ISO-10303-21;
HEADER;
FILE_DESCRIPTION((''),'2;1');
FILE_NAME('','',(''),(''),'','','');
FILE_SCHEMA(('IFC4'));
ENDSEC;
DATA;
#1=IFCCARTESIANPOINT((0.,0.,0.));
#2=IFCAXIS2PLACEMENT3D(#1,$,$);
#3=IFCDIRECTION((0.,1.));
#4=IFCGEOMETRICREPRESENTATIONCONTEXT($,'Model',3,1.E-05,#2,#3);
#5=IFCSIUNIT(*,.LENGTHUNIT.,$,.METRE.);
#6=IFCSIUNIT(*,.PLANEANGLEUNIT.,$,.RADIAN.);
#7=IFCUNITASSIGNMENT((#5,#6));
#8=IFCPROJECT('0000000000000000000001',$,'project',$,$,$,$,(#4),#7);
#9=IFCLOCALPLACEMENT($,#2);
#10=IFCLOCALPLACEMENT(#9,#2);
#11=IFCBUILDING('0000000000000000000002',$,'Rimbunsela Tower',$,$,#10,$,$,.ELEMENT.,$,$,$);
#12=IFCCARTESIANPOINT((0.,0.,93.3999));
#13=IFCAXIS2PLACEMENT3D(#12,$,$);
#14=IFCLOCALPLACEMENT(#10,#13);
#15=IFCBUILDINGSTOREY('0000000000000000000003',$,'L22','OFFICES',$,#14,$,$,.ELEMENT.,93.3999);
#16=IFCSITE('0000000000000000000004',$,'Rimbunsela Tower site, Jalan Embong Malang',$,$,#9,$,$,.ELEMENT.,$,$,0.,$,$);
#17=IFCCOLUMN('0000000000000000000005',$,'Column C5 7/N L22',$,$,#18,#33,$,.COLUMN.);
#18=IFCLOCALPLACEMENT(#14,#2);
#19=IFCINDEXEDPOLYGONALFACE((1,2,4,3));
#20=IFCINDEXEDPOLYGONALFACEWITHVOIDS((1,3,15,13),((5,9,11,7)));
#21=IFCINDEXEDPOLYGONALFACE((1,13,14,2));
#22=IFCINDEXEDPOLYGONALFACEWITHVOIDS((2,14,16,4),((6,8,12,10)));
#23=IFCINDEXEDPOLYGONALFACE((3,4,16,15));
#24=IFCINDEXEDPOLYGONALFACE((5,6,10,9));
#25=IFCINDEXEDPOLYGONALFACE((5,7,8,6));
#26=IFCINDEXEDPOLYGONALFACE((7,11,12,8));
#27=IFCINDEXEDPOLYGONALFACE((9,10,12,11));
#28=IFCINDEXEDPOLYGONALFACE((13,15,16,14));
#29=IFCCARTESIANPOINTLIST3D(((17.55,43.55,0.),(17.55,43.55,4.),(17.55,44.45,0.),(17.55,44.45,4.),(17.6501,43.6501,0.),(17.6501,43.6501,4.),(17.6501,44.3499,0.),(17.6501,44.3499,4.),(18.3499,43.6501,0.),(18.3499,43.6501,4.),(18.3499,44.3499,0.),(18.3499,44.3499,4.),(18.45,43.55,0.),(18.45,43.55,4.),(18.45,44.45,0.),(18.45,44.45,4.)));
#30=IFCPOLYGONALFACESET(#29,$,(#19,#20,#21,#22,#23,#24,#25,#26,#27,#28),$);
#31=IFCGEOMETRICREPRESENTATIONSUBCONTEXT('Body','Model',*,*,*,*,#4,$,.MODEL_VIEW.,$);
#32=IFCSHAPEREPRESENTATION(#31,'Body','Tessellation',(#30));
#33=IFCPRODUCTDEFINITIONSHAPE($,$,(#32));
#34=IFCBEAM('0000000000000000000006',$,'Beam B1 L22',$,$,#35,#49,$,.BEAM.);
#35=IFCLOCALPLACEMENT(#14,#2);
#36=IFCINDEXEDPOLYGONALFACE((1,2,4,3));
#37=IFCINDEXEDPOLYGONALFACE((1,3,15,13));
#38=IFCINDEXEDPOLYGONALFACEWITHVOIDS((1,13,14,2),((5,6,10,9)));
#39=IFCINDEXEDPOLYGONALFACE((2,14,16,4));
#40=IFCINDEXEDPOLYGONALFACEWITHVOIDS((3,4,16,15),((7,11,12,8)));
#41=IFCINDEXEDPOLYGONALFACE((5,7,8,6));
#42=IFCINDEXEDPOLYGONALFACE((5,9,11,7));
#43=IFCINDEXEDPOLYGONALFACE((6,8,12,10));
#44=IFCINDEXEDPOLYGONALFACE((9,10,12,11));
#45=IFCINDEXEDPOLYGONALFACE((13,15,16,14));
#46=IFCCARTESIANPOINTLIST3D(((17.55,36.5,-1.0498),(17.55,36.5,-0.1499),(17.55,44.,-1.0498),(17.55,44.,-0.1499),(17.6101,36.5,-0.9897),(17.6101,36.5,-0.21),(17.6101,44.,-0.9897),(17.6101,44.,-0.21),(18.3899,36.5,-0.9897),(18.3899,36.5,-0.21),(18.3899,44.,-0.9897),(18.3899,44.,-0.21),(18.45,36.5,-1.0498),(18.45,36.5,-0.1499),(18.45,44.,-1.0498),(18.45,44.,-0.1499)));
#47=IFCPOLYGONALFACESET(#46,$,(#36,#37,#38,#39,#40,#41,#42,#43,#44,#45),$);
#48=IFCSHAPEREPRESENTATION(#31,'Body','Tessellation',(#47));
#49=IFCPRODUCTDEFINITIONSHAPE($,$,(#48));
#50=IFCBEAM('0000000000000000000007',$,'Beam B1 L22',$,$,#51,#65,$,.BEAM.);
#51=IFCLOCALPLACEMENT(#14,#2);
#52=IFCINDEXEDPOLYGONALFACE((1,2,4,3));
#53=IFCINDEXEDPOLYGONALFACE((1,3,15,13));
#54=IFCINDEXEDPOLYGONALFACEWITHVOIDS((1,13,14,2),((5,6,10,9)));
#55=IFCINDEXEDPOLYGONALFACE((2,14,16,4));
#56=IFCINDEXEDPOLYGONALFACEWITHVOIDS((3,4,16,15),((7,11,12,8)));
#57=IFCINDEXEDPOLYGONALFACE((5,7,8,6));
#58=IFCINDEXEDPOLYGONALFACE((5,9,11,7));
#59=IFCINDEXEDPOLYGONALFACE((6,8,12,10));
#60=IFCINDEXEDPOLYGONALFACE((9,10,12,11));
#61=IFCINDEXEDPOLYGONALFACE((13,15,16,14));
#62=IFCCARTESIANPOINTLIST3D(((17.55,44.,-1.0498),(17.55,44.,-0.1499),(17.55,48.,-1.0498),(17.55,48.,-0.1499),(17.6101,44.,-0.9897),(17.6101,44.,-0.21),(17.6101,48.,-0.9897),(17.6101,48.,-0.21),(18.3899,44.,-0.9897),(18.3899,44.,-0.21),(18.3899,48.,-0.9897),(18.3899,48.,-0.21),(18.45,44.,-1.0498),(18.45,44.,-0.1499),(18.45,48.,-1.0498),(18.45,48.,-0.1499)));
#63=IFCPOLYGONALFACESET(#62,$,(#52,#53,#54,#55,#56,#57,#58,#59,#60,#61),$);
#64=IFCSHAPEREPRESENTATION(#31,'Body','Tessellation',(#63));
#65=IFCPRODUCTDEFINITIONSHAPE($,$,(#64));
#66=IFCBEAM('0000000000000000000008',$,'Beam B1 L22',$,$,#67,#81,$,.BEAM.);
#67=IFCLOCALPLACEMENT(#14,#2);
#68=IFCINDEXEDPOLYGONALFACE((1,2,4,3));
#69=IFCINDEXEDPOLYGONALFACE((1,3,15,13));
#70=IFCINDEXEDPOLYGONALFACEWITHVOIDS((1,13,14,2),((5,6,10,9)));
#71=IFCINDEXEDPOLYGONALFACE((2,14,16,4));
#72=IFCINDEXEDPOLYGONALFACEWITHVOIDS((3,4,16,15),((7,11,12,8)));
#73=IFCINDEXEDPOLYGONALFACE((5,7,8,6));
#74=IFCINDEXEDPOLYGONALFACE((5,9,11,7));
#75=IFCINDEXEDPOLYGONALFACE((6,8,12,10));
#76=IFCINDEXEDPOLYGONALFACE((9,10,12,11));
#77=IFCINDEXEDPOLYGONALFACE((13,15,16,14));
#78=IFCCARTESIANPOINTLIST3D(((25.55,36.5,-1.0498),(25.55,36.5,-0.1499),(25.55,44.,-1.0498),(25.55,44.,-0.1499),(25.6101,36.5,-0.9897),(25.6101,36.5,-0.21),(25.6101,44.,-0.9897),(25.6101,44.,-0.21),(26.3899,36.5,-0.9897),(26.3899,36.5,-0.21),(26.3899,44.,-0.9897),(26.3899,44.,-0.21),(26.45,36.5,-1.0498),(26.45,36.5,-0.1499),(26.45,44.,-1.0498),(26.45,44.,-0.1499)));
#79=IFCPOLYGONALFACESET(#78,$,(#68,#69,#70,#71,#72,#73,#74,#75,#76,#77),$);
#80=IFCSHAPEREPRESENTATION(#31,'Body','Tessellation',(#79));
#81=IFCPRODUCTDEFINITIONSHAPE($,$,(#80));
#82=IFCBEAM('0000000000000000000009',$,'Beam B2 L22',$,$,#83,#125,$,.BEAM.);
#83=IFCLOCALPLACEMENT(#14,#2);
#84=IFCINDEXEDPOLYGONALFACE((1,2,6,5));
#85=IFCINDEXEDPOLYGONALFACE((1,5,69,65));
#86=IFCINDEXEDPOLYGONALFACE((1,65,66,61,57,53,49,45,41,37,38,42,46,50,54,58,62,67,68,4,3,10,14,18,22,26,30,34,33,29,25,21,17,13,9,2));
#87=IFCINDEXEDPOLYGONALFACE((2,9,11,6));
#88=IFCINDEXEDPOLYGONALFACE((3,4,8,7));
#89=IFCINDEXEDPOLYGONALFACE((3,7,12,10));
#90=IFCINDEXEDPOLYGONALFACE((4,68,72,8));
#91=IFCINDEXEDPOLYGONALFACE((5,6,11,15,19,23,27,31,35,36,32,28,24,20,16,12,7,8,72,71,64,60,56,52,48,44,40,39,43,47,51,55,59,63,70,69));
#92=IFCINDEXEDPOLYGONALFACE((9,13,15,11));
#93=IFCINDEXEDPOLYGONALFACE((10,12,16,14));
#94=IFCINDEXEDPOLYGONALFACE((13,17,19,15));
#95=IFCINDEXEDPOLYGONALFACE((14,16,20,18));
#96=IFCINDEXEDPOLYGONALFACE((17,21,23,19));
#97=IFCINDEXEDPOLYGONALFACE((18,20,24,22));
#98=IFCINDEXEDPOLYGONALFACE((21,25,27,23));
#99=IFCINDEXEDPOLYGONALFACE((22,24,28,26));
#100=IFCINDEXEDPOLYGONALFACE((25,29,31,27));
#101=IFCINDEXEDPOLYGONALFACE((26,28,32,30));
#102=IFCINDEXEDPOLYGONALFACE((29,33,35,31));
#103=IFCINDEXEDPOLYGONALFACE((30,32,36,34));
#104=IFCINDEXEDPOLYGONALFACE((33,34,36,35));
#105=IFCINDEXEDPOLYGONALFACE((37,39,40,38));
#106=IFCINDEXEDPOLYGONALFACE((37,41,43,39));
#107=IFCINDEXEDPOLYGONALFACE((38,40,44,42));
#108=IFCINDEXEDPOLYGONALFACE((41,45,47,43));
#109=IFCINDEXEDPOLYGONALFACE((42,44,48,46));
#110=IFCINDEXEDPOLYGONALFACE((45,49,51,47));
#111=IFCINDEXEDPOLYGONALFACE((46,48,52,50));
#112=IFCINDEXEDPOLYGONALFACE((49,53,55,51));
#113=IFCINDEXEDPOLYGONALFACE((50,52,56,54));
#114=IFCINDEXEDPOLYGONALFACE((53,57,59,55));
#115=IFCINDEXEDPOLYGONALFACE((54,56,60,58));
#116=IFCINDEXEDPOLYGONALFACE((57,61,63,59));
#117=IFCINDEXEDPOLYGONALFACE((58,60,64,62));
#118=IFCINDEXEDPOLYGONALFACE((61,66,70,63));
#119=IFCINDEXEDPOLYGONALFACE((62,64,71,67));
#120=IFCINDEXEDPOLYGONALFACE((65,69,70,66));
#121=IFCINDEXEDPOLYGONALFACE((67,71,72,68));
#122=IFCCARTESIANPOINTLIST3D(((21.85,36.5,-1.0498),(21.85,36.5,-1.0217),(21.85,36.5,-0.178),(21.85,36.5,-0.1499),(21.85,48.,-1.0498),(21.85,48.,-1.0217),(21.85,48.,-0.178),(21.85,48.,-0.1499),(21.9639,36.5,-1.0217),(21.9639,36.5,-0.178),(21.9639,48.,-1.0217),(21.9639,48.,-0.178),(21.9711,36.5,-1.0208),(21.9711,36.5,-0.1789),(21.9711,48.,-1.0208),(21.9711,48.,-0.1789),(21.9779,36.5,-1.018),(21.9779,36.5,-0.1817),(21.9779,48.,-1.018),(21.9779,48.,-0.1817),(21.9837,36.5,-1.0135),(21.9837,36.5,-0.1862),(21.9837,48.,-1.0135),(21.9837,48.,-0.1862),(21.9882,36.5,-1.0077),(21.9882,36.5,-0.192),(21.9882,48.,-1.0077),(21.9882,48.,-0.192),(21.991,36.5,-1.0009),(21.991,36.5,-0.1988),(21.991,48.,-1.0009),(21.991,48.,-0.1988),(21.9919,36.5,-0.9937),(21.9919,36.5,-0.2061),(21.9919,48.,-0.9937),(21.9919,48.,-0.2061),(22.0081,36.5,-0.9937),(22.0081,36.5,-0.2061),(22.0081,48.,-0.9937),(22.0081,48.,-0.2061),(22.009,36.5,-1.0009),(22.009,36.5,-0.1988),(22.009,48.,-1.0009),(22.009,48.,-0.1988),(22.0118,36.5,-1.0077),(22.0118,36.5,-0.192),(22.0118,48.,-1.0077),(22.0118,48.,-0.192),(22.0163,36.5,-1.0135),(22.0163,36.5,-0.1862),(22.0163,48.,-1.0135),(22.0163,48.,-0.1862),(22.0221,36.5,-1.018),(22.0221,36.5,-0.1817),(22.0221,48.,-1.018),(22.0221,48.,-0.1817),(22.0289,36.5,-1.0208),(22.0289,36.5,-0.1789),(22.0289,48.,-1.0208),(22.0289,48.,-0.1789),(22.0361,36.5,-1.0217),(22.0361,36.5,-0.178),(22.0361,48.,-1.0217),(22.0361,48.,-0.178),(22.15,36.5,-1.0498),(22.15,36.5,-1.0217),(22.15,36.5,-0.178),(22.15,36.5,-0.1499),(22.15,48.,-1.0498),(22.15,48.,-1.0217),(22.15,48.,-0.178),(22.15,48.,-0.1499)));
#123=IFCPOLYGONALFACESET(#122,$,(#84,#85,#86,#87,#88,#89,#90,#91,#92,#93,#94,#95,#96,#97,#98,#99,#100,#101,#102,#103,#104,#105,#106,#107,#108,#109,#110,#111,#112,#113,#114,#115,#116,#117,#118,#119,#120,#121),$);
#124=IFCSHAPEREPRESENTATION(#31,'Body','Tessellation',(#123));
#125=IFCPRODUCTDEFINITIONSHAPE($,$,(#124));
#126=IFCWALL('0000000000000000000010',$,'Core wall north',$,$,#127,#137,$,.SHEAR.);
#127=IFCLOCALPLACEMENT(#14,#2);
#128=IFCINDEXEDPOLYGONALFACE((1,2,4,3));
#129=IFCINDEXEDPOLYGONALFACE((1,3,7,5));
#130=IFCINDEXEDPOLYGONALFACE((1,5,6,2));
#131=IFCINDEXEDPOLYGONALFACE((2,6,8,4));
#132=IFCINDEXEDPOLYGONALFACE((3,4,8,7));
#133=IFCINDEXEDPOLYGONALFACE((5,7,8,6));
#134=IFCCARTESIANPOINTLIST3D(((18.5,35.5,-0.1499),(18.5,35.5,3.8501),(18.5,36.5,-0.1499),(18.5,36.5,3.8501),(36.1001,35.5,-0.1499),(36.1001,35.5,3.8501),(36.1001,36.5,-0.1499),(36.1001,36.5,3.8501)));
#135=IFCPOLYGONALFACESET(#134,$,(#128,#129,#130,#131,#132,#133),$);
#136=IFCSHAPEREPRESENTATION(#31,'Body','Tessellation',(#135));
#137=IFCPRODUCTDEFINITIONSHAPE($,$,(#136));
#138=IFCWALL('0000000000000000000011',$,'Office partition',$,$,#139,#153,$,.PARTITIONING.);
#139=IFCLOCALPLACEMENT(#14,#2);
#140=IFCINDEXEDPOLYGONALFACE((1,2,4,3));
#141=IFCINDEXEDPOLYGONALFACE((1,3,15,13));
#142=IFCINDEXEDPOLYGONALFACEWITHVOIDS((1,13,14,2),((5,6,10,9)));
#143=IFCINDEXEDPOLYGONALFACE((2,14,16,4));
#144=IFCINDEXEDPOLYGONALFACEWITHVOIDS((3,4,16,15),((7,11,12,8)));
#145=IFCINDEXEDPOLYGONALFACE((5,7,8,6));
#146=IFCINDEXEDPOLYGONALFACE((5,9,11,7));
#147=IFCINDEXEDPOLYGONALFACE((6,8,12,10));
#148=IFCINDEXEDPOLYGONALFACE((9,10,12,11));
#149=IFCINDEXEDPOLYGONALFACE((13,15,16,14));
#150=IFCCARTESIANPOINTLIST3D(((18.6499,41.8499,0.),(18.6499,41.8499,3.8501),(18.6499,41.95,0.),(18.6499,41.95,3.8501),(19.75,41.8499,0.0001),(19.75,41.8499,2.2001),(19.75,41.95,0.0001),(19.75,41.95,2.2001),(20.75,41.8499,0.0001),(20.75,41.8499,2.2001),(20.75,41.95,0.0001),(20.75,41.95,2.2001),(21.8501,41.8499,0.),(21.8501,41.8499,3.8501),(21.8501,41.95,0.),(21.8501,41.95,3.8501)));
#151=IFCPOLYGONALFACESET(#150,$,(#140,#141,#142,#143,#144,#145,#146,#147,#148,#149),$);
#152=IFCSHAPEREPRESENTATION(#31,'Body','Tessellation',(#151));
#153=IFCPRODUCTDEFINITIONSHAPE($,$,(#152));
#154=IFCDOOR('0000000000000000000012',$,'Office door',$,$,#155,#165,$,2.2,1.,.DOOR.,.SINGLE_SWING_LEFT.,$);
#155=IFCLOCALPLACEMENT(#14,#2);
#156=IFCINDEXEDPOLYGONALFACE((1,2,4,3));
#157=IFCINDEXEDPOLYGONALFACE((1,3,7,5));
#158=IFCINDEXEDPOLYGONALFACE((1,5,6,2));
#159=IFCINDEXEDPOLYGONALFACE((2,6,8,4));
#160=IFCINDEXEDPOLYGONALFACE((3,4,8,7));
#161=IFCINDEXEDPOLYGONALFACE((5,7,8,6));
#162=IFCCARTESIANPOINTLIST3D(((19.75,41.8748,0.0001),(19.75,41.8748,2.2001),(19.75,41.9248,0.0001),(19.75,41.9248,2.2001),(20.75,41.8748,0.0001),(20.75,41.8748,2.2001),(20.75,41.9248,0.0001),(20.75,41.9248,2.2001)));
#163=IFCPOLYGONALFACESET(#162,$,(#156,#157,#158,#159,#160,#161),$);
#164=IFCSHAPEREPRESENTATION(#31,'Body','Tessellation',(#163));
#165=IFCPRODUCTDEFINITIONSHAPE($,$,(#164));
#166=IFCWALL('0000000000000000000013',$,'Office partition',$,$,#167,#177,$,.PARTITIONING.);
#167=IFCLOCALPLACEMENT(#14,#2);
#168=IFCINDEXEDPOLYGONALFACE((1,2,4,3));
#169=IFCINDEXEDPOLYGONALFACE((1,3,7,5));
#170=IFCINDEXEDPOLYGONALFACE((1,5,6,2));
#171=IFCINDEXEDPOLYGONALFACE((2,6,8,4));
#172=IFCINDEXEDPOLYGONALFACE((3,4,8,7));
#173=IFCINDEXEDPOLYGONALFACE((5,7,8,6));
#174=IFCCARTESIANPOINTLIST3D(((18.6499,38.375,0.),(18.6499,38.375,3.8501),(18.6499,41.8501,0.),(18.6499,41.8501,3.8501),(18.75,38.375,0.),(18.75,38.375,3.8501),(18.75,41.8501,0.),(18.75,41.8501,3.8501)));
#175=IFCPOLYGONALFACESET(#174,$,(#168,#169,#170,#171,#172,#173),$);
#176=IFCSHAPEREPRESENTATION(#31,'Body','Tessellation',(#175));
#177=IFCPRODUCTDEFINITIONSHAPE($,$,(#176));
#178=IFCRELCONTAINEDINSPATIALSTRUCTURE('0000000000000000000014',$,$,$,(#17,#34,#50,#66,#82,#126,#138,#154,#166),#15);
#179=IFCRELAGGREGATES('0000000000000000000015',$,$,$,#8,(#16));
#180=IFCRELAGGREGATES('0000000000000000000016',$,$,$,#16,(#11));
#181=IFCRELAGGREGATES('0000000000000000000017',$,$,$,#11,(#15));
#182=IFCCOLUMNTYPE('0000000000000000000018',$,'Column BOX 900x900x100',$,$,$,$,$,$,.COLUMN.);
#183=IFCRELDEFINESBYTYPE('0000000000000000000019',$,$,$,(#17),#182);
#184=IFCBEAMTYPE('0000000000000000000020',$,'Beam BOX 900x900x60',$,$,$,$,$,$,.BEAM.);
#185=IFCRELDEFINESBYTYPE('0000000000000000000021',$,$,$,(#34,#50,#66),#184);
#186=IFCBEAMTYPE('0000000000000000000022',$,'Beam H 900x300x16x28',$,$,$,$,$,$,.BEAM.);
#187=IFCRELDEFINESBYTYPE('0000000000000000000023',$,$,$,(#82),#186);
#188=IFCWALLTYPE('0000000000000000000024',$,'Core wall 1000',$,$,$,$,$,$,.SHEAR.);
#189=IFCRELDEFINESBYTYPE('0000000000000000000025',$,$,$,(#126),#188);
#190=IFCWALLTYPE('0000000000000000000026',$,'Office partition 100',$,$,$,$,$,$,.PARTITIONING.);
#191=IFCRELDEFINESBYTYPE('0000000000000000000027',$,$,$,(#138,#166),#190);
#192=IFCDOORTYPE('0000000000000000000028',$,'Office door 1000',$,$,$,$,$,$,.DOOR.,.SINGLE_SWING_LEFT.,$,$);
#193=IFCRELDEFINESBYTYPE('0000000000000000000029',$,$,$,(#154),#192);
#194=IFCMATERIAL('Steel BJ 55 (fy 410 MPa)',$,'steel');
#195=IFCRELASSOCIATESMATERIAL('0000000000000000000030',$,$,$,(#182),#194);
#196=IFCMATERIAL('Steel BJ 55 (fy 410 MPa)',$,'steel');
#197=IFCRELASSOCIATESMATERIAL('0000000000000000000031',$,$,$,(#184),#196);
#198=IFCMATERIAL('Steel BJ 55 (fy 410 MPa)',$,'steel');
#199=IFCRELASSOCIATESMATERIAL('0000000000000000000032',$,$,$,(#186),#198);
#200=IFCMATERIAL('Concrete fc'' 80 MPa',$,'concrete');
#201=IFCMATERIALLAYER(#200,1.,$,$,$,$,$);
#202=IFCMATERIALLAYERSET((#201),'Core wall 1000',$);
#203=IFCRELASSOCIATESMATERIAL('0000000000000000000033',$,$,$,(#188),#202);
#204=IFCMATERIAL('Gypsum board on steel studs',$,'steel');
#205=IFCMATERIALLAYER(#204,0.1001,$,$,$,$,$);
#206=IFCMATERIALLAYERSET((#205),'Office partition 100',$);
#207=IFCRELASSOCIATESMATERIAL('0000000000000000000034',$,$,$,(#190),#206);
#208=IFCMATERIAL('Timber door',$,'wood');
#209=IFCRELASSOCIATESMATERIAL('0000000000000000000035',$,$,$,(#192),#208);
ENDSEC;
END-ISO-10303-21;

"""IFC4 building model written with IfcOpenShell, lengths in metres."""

from ifc_helpers import new_model, si_unit, direction, frame, frame_2d, origin, origin_2d, place, context, subcontext, project, spatial, rectangle, hollow_rectangle, i_section, extrude, material, layer, layer_set, material_profile, profile_set, type_object, element, fill, save


model = new_model("IFC4")

# Units and contexts
model_context = context("Model", 3, precision=1e-05, world=origin(), true_north=direction((0.0, 1.0)))
body_context = subcontext(model_context, "Body", "Model", "MODEL_VIEW")
ifc_project = project(units=[si_unit("LENGTHUNIT", "METRE"), si_unit("PLANEANGLEUNIT", "RADIAN")], contexts=[model_context])

# Site, building, storey
site_placement = place(None, origin())
site = spatial("IfcSite", under=ifc_project, at=site_placement, Name="Rimbunsela Tower site, Jalan Embong Malang", CompositionType="ELEMENT", RefElevation=0.0)
building_placement = place(site_placement, origin())
building = spatial("IfcBuilding", under=site, at=building_placement, Name="Rimbunsela Tower", CompositionType="ELEMENT")
storey_placement = place(building_placement, frame((0.0, 0.0, 93.3999)))
storey = spatial("IfcBuildingStorey", under=building, at=storey_placement, Name="L22", Description="OFFICES", CompositionType="ELEMENT", Elevation=93.3999)

# Column
ifc_material_1 = material(Name="Steel BJ 55 (fy 410 MPa)", Category="steel")
ifc_material_profile_1 = material_profile(ifc_material_1, hollow_rectangle(XDim=0.8999, YDim=0.8999, WallThickness=0.1001, at=origin_2d()), Name="BOX 900x900x100")
ifc_profile_set_1 = profile_set([ifc_material_profile_1], Name="Steel BJ 55 (fy 410 MPa)")
column_type = type_object("IfcColumnType", Name="Column BOX 900x900x100", PredefinedType="COLUMN", material=ifc_profile_set_1)
column_placement = place(storey_placement, frame((18.0, 44.0, 0.0), z_axis=(0.0, 0.0, 1.0), x_axis=(1.0, 0.0, 0.0)))
element("IfcColumn", 1, at=column_placement, inside=storey, type_object=column_type, Name="Column C5 7/N L22", PredefinedType="COLUMN", context=body_context, shape_type="SweptSolid", body=[
    extrude(hollow_rectangle(XDim=0.8999, YDim=0.8999, WallThickness=0.1001, at=origin_2d()), origin(), (0.0, 0.0, 1.0), 4.0),
])

# Beams
ifc_material_2 = material(Name="Steel BJ 55 (fy 410 MPa)", Category="steel")
ifc_material_profile_2 = material_profile(ifc_material_2, hollow_rectangle(XDim=0.8999, YDim=0.8999, WallThickness=0.0601, at=origin_2d()), Name="BOX 900x900x60")
ifc_profile_set_2 = profile_set([ifc_material_profile_2], Name="Steel BJ 55 (fy 410 MPa)")
beam_type_1 = type_object("IfcBeamType", Name="Beam BOX 900x900x60", PredefinedType="BEAM", material=ifc_profile_set_2)
beam_1_placement = place(storey_placement, frame((18.0, 36.5, -0.5999), z_axis=(0.0, 1.0, 0.0), x_axis=(-1.0, 0.0, 0.0)))
element("IfcBeam", 2, at=beam_1_placement, inside=storey, type_object=beam_type_1, Name="Beam B1 L22", PredefinedType="BEAM", context=body_context, shape_type="SweptSolid", body=[
    extrude(hollow_rectangle(XDim=0.8999, YDim=0.8999, WallThickness=0.0601, at=origin_2d()), origin(), (0.0, 0.0, 1.0), 7.5),
])
beam_2_placement = place(storey_placement, frame((18.0, 44.0, -0.5999), z_axis=(0.0, 1.0, 0.0), x_axis=(-1.0, 0.0, 0.0)))
element("IfcBeam", 3, at=beam_2_placement, inside=storey, type_object=beam_type_1, Name="Beam B1 L22", PredefinedType="BEAM", context=body_context, shape_type="SweptSolid", body=[
    extrude(hollow_rectangle(XDim=0.8999, YDim=0.8999, WallThickness=0.0601, at=origin_2d()), origin(), (0.0, 0.0, 1.0), 4.0),
])
beam_3_placement = place(storey_placement, frame((26.0, 36.5, -0.5999), z_axis=(0.0, 1.0, 0.0), x_axis=(-1.0, 0.0, 0.0)))
element("IfcBeam", 4, at=beam_3_placement, inside=storey, type_object=beam_type_1, Name="Beam B1 L22", PredefinedType="BEAM", context=body_context, shape_type="SweptSolid", body=[
    extrude(hollow_rectangle(XDim=0.8999, YDim=0.8999, WallThickness=0.0601, at=origin_2d()), origin(), (0.0, 0.0, 1.0), 7.5),
])
ifc_material_3 = material(Name="Steel BJ 55 (fy 410 MPa)", Category="steel")
ifc_material_profile_3 = material_profile(ifc_material_3, i_section(OverallWidth=0.3, OverallDepth=0.8999, WebThickness=0.0161, FlangeThickness=0.0281, FilletRadius=0.0281, at=origin_2d()), Name="H 900x300x16x28")
ifc_profile_set_3 = profile_set([ifc_material_profile_3], Name="Steel BJ 55 (fy 410 MPa)")
beam_type_2 = type_object("IfcBeamType", Name="Beam H 900x300x16x28", PredefinedType="BEAM", material=ifc_profile_set_3)
beam_4_placement = place(storey_placement, frame((22.0, 36.5, -0.5999), z_axis=(0.0, 1.0, 0.0), x_axis=(-1.0, 0.0, 0.0)))
element("IfcBeam", 5, at=beam_4_placement, inside=storey, type_object=beam_type_2, Name="Beam B2 L22", PredefinedType="BEAM", context=body_context, shape_type="SweptSolid", body=[
    extrude(i_section(OverallWidth=0.3, OverallDepth=0.8999, WebThickness=0.0161, FlangeThickness=0.0281, FilletRadius=0.0281, at=origin_2d()), origin(), (0.0, 0.0, 1.0), 11.5),
])

# Wall
ifc_material_4 = material(Name="Concrete fc' 80 MPa", Category="concrete")
ifc_layer_1 = layer(ifc_material_4, 1.0)
ifc_layer_set_1 = layer_set([ifc_layer_1], Name="Core wall 1000")
wall_type_1 = type_object("IfcWallType", Name="Core wall 1000", PredefinedType="SHEAR", material=ifc_layer_set_1)
wall_1_placement = place(storey_placement, frame((18.5, 36.0, -0.1499), z_axis=(0.0, 0.0, 1.0), x_axis=(1.0, 0.0, 0.0)))
element("IfcWall", 6, at=wall_1_placement, inside=storey, type_object=wall_type_1, Name="Core wall north", PredefinedType="SHEAR", context=body_context, shape_type="SweptSolid", body=[
    extrude(rectangle(XDim=17.6001, YDim=1.0, at=frame_2d((8.8, 0.0))), origin(), (0.0, 0.0, 1.0), 4.0),
])

# Wall, opening, door
ifc_material_5 = material(Name="Gypsum board on steel studs", Category="steel")
ifc_layer_2 = layer(ifc_material_5, 0.1001)
ifc_layer_set_2 = layer_set([ifc_layer_2], Name="Office partition 100")
wall_type_2 = type_object("IfcWallType", Name="Office partition 100", PredefinedType="PARTITIONING", material=ifc_layer_set_2)
wall_2_placement = place(storey_placement, frame((18.6499, 41.8999, 0.0), z_axis=(0.0, 0.0, 1.0), x_axis=(1.0, 0.0, 0.0)))
wall_2 = element("IfcWall", 7, at=wall_2_placement, inside=storey, type_object=wall_type_2, Name="Office partition", PredefinedType="PARTITIONING", context=body_context, shape_type="SweptSolid", body=[
    extrude(rectangle(XDim=3.2002, YDim=0.1001, at=frame_2d((1.6001, 0.0))), origin(), (0.0, 0.0, 1.0), 3.8501),
])
opening_1_placement = place(wall_2_placement, frame((1.1001, 0.0, 0.0)))
opening_1 = element("IfcOpeningElement", 8, at=opening_1_placement, cuts=wall_2, PredefinedType="OPENING", context=body_context, shape_type="SweptSolid", body=[
    extrude(rectangle(XDim=1.0, YDim=2.2, at=frame_2d((0.5, 1.1001))), frame((0.0, 0.0601, 0.0), z_axis=(0.0, -1.0, 0.0), x_axis=(1.0, 0.0, 0.0)), (0.0, 0.0, 1.0), 0.1201),
])
ifc_material_6 = material(Name="Timber door", Category="wood")
door_type_1 = type_object("IfcDoorType", Name="Office door 1000", OperationType="SINGLE_SWING_LEFT", PredefinedType="DOOR", material=ifc_material_6)
door_1_placement = place(opening_1_placement, origin())
door_1 = element("IfcDoor", 9, at=door_1_placement, inside=storey, type_object=door_type_1, Name="Office door", OperationType="SINGLE_SWING_LEFT", OverallHeight=2.2, OverallWidth=1.0, PredefinedType="DOOR", context=body_context, shape_type="SweptSolid", body=[
    extrude(rectangle(XDim=1.0, YDim=2.2, at=frame_2d((0.5, 1.1001))), frame((0.0, 0.0249, 0.0), z_axis=(0.0, -1.0, 0.0), x_axis=(1.0, 0.0, 0.0)), (0.0, 0.0, 1.0), 0.05),
])
fill(opening_1, door_1)

# Wall
for number, where, z_axis, x_axis, name in (
    (10, (18.7, 38.375, 0.0), (0.0, 0.0, 1.0), (0.0, 1.0, 0.0), "Office partition"),
):
    element("IfcWall", number, at=place(storey_placement, frame(where, z_axis=z_axis, x_axis=x_axis)), inside=storey, type_object=wall_type_2, Name=name, PredefinedType="PARTITIONING", context=body_context, shape_type="SweptSolid", body=[
        extrude(rectangle(XDim=3.4751, YDim=0.1001, at=frame_2d((1.7375, 0.0))), origin(), (0.0, 0.0, 1.0), 3.8501),
    ])

save(model, "model.ifc")
